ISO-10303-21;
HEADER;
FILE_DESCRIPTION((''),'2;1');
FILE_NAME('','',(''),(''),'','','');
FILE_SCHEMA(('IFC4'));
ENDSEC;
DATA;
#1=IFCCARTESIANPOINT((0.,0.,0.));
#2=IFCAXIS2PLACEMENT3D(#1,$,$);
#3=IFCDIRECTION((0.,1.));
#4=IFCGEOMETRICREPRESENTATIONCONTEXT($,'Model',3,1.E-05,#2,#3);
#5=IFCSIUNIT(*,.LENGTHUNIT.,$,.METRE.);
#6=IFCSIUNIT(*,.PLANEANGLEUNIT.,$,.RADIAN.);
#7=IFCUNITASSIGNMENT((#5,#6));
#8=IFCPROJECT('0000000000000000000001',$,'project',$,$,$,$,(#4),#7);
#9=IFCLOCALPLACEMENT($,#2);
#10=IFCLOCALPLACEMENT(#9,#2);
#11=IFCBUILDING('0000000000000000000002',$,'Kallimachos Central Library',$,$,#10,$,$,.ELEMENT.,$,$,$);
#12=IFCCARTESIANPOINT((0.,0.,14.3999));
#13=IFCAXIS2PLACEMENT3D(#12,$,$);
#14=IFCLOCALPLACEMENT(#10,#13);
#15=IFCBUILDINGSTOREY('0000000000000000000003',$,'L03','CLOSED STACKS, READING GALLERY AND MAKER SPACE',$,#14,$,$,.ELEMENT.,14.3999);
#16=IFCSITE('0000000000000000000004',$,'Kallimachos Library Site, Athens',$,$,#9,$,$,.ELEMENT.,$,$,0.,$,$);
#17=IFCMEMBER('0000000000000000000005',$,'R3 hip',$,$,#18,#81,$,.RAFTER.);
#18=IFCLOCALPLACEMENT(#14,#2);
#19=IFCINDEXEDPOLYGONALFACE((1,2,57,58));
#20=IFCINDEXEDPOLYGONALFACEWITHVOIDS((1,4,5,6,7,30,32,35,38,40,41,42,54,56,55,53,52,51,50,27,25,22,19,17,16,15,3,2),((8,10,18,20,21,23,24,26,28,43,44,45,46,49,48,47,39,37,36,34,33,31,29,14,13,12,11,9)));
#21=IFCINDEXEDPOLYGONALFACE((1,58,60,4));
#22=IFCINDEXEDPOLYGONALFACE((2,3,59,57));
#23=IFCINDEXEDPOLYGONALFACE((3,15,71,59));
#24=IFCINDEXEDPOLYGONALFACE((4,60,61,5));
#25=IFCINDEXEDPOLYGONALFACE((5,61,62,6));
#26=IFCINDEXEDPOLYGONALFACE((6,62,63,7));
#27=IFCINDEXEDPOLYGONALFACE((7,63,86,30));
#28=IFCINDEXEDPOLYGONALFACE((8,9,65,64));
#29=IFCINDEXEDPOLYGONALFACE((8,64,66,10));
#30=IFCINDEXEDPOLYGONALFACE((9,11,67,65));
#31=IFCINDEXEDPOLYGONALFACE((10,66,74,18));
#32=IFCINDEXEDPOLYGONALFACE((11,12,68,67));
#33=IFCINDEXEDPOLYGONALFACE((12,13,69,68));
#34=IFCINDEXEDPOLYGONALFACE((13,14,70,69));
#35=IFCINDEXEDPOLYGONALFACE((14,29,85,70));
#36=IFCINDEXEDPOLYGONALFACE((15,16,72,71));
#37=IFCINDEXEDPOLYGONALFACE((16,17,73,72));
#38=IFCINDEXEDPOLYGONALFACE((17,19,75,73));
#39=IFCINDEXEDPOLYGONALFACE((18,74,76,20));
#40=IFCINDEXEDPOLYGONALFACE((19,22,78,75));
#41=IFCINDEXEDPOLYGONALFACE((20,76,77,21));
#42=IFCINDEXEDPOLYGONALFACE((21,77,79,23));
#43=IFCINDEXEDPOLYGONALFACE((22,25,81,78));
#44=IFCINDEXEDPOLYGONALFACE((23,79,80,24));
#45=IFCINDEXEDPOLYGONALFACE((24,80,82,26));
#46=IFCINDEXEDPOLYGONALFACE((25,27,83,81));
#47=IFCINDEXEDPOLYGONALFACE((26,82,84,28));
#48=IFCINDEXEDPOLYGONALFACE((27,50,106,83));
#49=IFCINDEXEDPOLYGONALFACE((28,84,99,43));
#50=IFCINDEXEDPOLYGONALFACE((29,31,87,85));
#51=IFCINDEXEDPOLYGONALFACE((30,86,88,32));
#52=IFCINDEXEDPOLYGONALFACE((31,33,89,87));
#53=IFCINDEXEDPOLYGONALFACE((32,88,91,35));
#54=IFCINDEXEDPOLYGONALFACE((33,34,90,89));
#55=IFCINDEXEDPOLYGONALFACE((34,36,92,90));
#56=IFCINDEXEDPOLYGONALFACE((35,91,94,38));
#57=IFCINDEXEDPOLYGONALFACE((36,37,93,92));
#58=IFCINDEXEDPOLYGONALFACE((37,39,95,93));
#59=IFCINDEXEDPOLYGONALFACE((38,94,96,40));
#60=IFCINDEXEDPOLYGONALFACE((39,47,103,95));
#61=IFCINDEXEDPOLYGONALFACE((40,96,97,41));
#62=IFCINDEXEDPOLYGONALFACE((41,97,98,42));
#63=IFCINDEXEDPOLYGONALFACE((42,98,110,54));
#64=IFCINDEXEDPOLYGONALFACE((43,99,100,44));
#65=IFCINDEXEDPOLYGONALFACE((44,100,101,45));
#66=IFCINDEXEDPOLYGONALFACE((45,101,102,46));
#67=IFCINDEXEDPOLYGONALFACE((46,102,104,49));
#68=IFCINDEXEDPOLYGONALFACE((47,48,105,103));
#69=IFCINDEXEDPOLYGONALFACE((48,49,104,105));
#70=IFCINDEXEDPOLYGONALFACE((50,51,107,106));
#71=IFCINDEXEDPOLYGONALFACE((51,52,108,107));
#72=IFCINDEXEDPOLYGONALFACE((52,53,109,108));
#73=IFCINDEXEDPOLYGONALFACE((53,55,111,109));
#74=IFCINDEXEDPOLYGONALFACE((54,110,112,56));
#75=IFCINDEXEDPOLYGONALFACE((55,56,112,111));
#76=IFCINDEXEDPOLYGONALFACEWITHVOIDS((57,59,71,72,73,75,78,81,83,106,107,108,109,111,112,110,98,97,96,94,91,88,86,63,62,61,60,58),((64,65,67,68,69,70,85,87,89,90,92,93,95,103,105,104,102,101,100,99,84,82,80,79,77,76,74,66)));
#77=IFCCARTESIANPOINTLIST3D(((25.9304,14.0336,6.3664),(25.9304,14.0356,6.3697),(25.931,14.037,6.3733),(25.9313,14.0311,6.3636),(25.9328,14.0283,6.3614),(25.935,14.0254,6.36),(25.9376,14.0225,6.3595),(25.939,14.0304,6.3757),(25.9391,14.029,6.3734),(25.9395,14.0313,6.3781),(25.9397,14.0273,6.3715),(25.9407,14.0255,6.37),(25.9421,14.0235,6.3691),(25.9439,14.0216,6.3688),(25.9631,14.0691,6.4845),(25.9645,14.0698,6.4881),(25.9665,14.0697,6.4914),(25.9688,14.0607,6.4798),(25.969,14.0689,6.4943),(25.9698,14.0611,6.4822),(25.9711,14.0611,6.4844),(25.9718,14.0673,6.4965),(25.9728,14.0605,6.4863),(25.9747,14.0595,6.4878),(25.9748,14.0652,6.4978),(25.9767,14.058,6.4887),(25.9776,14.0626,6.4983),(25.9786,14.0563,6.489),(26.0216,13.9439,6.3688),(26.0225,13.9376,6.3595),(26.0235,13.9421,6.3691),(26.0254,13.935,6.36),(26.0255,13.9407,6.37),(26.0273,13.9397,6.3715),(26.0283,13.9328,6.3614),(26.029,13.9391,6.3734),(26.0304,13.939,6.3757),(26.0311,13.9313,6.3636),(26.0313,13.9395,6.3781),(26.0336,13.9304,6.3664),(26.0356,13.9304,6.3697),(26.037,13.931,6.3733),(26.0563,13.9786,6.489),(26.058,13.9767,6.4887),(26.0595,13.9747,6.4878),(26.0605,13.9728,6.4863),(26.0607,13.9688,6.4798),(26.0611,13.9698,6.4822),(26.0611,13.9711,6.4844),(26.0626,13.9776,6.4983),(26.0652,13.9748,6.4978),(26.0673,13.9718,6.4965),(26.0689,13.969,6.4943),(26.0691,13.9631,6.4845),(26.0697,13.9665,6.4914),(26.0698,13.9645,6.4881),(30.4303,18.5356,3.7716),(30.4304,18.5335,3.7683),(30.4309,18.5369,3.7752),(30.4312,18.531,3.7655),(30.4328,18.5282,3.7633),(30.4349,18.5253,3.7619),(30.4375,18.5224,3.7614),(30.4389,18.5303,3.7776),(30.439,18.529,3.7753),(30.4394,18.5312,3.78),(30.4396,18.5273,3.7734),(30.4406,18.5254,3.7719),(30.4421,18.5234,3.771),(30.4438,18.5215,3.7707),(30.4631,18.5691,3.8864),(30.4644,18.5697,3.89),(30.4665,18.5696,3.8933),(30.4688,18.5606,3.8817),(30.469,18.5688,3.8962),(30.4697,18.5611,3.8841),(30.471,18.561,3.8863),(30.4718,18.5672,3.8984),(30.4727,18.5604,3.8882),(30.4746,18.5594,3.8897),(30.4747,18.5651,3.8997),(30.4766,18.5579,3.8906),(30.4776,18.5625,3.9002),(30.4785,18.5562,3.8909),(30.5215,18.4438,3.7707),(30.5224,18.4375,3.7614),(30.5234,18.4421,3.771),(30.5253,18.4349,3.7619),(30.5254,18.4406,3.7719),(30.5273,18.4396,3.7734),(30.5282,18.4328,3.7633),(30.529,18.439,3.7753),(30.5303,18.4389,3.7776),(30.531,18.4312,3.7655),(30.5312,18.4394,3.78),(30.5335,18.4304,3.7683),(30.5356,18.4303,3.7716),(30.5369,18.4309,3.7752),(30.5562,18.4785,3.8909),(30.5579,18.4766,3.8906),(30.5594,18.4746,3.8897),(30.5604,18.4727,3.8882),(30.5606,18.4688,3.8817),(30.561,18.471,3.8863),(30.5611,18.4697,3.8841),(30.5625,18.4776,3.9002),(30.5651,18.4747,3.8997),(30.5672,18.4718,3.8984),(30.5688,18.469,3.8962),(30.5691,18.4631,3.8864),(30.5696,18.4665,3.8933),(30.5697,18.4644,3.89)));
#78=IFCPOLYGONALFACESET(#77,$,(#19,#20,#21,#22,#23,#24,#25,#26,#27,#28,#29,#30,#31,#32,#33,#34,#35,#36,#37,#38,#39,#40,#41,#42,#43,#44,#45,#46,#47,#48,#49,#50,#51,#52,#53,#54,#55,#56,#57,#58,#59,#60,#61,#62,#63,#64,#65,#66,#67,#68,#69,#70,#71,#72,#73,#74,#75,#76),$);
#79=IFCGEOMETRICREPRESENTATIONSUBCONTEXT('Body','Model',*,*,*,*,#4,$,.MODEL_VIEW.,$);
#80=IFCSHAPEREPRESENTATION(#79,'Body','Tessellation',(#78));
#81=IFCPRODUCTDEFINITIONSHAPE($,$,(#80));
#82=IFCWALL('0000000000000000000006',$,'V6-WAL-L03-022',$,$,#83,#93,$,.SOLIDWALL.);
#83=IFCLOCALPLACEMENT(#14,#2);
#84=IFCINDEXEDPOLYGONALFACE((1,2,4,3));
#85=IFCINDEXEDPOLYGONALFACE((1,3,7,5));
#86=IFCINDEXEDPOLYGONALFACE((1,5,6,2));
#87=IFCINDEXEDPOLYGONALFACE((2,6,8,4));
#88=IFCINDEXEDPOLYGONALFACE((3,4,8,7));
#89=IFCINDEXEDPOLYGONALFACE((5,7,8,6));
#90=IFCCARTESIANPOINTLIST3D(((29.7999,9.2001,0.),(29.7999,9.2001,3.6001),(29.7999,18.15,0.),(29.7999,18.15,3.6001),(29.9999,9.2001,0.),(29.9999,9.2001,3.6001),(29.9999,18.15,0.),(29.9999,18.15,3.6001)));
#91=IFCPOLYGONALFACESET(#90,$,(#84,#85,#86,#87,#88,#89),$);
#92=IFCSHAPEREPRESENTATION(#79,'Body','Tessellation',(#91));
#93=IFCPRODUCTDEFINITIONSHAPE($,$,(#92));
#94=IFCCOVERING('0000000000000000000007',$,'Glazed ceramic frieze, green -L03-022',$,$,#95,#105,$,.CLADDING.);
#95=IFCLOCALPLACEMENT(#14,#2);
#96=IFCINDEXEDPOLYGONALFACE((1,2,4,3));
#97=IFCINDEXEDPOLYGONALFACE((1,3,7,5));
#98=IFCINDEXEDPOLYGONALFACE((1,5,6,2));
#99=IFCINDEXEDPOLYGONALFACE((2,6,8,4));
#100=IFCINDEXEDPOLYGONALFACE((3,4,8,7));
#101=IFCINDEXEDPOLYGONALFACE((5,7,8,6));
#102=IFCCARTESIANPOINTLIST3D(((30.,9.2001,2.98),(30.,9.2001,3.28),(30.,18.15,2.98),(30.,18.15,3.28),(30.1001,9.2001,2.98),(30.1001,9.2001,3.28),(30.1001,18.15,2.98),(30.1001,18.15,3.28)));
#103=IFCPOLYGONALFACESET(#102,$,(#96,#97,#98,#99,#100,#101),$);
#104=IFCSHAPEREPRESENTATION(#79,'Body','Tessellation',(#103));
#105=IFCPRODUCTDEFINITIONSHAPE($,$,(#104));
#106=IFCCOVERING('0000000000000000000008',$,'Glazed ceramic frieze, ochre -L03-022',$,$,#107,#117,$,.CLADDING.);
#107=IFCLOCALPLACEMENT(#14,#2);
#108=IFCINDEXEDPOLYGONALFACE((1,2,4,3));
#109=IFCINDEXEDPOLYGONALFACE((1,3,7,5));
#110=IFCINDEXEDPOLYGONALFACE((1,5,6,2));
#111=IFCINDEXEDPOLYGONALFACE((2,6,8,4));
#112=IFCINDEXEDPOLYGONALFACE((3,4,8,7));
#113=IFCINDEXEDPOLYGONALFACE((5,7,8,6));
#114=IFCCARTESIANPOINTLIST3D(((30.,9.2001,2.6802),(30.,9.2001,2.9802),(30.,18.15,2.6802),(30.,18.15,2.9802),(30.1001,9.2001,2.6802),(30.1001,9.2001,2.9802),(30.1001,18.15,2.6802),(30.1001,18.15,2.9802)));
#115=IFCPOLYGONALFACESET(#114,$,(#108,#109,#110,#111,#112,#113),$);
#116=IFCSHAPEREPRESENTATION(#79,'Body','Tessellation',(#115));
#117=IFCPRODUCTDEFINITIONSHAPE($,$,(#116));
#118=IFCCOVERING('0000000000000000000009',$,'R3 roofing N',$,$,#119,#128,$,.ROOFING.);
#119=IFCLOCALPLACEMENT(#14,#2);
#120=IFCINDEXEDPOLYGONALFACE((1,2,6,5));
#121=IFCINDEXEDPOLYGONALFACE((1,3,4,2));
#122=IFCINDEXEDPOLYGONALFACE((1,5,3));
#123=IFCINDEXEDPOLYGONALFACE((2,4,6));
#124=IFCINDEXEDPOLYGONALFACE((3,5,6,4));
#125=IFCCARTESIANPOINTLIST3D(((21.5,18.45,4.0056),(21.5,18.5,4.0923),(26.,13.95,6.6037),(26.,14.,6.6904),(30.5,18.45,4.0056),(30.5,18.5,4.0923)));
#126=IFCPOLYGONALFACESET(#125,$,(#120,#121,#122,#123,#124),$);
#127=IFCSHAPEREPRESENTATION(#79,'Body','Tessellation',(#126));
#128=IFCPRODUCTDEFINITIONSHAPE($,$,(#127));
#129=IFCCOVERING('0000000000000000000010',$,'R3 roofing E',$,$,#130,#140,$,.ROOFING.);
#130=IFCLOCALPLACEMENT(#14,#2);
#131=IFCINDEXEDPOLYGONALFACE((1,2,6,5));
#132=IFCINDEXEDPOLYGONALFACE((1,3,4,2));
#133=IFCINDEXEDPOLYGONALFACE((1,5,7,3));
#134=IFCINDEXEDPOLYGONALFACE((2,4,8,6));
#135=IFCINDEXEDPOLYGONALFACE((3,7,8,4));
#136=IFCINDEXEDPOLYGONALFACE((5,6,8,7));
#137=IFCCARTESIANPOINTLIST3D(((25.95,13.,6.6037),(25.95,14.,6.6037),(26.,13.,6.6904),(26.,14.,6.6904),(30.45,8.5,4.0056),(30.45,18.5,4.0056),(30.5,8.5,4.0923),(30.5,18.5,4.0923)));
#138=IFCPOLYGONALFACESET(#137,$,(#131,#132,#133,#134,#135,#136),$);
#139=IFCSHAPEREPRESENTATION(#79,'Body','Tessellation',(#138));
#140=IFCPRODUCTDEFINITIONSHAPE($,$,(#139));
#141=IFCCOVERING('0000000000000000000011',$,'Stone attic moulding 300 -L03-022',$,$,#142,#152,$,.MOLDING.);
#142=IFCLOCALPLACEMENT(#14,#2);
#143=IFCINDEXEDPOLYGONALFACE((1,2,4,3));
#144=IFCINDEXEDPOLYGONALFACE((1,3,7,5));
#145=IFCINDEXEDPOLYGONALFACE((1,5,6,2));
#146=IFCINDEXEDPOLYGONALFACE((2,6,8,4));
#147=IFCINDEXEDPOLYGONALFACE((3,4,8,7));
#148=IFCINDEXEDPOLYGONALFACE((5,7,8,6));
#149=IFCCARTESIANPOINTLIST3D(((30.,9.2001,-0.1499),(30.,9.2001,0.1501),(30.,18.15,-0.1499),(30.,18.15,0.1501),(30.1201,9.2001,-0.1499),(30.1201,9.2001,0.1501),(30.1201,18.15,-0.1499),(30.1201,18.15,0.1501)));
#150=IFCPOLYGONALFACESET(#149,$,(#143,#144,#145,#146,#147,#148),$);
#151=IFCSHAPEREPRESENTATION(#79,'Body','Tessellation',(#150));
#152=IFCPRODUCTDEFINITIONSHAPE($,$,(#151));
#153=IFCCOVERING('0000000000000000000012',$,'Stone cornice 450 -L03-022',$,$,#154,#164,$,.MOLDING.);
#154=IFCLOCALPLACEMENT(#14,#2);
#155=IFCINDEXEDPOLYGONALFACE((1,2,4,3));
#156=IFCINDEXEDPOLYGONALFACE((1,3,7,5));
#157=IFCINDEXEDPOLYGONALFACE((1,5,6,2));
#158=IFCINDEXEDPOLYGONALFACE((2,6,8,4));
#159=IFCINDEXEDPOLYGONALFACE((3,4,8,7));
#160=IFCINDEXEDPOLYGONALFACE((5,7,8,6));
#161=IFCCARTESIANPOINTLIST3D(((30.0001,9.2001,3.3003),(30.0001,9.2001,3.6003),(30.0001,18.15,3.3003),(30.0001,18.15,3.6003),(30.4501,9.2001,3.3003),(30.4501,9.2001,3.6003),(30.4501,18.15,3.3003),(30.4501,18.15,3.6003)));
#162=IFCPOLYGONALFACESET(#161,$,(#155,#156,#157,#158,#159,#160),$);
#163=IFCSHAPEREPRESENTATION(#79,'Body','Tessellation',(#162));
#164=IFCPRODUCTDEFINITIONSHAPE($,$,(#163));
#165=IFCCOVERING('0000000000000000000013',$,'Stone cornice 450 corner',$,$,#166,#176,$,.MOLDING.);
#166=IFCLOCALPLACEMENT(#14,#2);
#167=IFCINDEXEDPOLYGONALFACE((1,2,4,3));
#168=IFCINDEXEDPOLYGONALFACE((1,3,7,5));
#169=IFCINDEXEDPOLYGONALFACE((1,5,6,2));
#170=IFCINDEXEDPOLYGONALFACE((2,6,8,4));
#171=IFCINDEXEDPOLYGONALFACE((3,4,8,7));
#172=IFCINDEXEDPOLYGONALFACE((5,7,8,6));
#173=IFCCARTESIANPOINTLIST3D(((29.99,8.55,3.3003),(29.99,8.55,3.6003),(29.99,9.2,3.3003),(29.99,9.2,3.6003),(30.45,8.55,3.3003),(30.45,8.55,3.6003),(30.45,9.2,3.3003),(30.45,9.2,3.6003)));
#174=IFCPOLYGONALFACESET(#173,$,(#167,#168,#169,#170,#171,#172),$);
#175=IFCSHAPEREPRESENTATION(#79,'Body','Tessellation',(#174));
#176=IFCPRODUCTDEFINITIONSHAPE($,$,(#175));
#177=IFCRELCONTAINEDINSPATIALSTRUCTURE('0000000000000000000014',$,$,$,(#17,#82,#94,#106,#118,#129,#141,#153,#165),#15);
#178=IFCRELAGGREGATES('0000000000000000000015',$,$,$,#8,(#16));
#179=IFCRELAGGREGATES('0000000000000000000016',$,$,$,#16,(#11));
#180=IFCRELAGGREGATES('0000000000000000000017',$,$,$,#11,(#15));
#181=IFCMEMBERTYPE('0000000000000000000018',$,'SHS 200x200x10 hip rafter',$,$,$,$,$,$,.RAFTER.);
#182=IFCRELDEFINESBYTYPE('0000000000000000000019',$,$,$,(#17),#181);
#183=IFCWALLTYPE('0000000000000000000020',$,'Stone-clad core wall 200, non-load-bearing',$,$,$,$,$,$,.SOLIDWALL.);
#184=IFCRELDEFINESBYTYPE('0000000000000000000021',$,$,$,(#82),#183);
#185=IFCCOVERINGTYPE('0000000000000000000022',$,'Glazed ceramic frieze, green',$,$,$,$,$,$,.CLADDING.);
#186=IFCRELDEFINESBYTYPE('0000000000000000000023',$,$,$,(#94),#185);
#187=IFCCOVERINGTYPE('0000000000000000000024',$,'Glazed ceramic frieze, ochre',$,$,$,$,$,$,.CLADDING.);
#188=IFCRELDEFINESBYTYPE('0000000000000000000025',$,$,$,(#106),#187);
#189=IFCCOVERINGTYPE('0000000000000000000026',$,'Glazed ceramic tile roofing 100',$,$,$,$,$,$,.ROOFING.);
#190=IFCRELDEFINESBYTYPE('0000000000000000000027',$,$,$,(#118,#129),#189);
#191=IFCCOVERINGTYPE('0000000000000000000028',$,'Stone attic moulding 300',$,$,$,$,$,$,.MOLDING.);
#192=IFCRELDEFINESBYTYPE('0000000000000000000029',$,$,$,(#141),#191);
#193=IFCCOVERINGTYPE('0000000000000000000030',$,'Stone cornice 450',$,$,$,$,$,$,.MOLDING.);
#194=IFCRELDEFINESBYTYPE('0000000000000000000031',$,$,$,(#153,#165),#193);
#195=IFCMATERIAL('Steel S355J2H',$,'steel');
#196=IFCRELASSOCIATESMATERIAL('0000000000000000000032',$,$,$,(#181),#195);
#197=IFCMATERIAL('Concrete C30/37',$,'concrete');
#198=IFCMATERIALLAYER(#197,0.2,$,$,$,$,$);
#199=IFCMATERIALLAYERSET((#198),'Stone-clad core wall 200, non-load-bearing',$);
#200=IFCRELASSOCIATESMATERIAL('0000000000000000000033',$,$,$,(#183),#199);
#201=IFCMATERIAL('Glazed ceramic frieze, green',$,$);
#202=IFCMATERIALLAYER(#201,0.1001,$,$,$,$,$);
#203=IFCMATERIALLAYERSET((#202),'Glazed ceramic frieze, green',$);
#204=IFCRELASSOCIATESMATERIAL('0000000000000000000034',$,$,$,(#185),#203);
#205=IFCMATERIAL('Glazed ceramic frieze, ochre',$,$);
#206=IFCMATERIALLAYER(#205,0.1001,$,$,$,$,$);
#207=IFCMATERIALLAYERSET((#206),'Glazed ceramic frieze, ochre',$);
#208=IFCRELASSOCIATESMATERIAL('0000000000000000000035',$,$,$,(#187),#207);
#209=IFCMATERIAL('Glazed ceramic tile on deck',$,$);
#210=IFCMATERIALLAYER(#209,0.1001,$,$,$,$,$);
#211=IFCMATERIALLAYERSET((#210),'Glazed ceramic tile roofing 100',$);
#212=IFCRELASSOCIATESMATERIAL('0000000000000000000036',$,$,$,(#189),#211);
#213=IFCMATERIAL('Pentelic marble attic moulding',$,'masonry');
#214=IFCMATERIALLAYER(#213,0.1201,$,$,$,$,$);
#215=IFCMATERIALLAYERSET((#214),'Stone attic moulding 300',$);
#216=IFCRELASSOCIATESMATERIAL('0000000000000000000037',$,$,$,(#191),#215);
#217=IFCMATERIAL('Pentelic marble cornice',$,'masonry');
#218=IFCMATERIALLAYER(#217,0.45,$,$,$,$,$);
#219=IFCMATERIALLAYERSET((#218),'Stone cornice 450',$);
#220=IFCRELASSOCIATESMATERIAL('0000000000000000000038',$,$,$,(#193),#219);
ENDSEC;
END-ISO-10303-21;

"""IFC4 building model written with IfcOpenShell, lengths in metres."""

from ifc_helpers import new_model, si_unit, direction, frame, frame_2d, origin, origin_2d, place, context, subcontext, project, spatial, polyline, rectangle, hollow_rectangle, outline, extrude, material, layer, layer_set, material_profile, profile_set, type_object, element, save


model = new_model("IFC4")

# Units and contexts
model_context = context("Model", 3, precision=1e-05, world=origin(), true_north=direction((0.0, 1.0)))
body_context = subcontext(model_context, "Body", "Model", "MODEL_VIEW")
ifc_project = project(units=[si_unit("LENGTHUNIT", "METRE"), si_unit("PLANEANGLEUNIT", "RADIAN")], contexts=[model_context])

# Site, building, storey
site_placement = place(None, origin())
site = spatial("IfcSite", under=ifc_project, at=site_placement, Name="Kallimachos Library Site, Athens", CompositionType="ELEMENT", RefElevation=0.0)
building_placement = place(site_placement, origin())
building = spatial("IfcBuilding", under=site, at=building_placement, Name="Kallimachos Central Library", CompositionType="ELEMENT")
storey_placement = place(building_placement, frame((0.0, 0.0, 14.3999)))
storey = spatial("IfcBuildingStorey", under=building, at=storey_placement, Name="L03", Description="CLOSED STACKS, READING GALLERY AND MAKER SPACE", CompositionType="ELEMENT", Elevation=14.3999)

# Member
ifc_material_1 = material(Name="Steel S355J2H", Category="steel")
ifc_material_profile_1 = material_profile(ifc_material_1, hollow_rectangle(XDim=0.1499, YDim=0.1499, WallThickness=0.01, InnerFilletRadius=0.01, OuterFilletRadius=0.0149, at=origin_2d()), Name="SHS 150x150x10")
ifc_profile_set_1 = profile_set([ifc_material_profile_1], Name="Steel S355J2H")
member_type_1 = type_object("IfcMemberType", Name="SHS 200x200x10 hip rafter", PredefinedType="RAFTER", material=ifc_profile_set_1)
for number, where, z_axis, x_axis, name in (
    (1, (30.5, 18.5, 3.8308), (-0.654651, -0.654651, 0.377973), (0.707107, -0.707107, 0.0), "R3 hip"),
):
    element("IfcMember", number, at=place(storey_placement, frame(where, z_axis=z_axis, x_axis=x_axis)), inside=storey, type_object=member_type_1, Name=name, PredefinedType="RAFTER", context=body_context, shape_type="SweptSolid", body=[
        extrude(hollow_rectangle(XDim=0.1499, YDim=0.1499, WallThickness=0.01, InnerFilletRadius=0.01, OuterFilletRadius=0.0149, at=origin_2d()), origin(), (0.0, 0.0, 1.0), 6.8738),
    ])

# Wall
ifc_material_2 = material(Name="Concrete C30/37", Category="concrete")
ifc_layer_1 = layer(ifc_material_2, 0.2)
ifc_layer_set_1 = layer_set([ifc_layer_1], Name="Stone-clad core wall 200, non-load-bearing")
wall_type = type_object("IfcWallType", Name="Stone-clad core wall 200, non-load-bearing", PredefinedType="SOLIDWALL", material=ifc_layer_set_1)
wall_placement = place(storey_placement, frame((29.8999, 9.2, 0.0), z_axis=(0.0, 0.0, 1.0), x_axis=(0.0, 1.0, 0.0)))
element("IfcWall", 2, at=wall_placement, inside=storey, type_object=wall_type, Name="V6-WAL-L03-022", PredefinedType="SOLIDWALL", context=body_context, shape_type="SweptSolid", body=[
    extrude(rectangle(XDim=8.95, YDim=0.2, at=frame_2d((4.4751, 0.0))), origin(), (0.0, 0.0, 1.0), 3.6001),
])

# Coverings
ifc_material_3 = material(Name="Glazed ceramic frieze, green")
ifc_layer_2 = layer(ifc_material_3, 0.1001)
ifc_layer_set_2 = layer_set([ifc_layer_2], Name="Glazed ceramic frieze, green")
covering_type_1 = type_object("IfcCoveringType", Name="Glazed ceramic frieze, green", PredefinedType="CLADDING", material=ifc_layer_set_2)
covering_1_placement = place(storey_placement, frame((30.05, 13.675, 2.98), z_axis=(0.0, 0.0, 1.0), x_axis=(1.0, 0.0, 0.0)))
element("IfcCovering", 3, at=covering_1_placement, inside=storey, type_object=covering_type_1, Name="Glazed ceramic frieze, green -L03-022", PredefinedType="CLADDING", context=body_context, shape_type="SweptSolid", body=[
    extrude(rectangle(XDim=0.1001, YDim=8.95, at=origin_2d()), origin(), (0.0, 0.0, 1.0), 0.3),
])
ifc_material_4 = material(Name="Glazed ceramic frieze, ochre")
ifc_layer_3 = layer(ifc_material_4, 0.1001)
ifc_layer_set_3 = layer_set([ifc_layer_3], Name="Glazed ceramic frieze, ochre")
covering_type_2 = type_object("IfcCoveringType", Name="Glazed ceramic frieze, ochre", PredefinedType="CLADDING", material=ifc_layer_set_3)
covering_2_placement = place(storey_placement, frame((30.05, 13.675, 2.6802), z_axis=(0.0, 0.0, 1.0), x_axis=(1.0, 0.0, 0.0)))
element("IfcCovering", 4, at=covering_2_placement, inside=storey, type_object=covering_type_2, Name="Glazed ceramic frieze, ochre -L03-022", PredefinedType="CLADDING", context=body_context, shape_type="SweptSolid", body=[
    extrude(rectangle(XDim=0.1001, YDim=8.95, at=origin_2d()), origin(), (0.0, 0.0, 1.0), 0.3),
])
ifc_material_5 = material(Name="Glazed ceramic tile on deck")
ifc_layer_4 = layer(ifc_material_5, 0.1001)
ifc_layer_set_4 = layer_set([ifc_layer_4], Name="Glazed ceramic tile roofing 100")
covering_type_3 = type_object("IfcCoveringType", Name="Glazed ceramic tile roofing 100", PredefinedType="ROOFING", material=ifc_layer_set_4)
covering_3_placement = place(storey_placement, frame((30.5, 18.5, 4.0923), z_axis=(0.0, 0.50001, 0.86602), x_axis=(-1.0, 0.0, 0.0)))
element("IfcCovering", 5, at=covering_3_placement, inside=storey, type_object=covering_type_3, Name="R3 roofing N", PredefinedType="ROOFING", context=body_context, shape_type="SweptSolid", body=[
    extrude(outline(polyline([(0.0, 0.0), (9.0, 0.0), (4.5, 5.1962), (0.0, 0.0)])), origin(), (0.0, 0.0, -1.0), 0.1001),
])
covering_4_placement = place(storey_placement, frame((30.5, 8.5, 4.0923), z_axis=(0.50001, 0.0, 0.86602), x_axis=(0.0, 1.0, 0.0)))
element("IfcCovering", 6, at=covering_4_placement, inside=storey, type_object=covering_type_3, Name="R3 roofing E", PredefinedType="ROOFING", context=body_context, shape_type="SweptSolid", body=[
    extrude(outline(polyline([(0.0, 0.0), (10.0, 0.0), (5.5, 5.1962), (4.5, 5.1962), (0.0, 0.0)])), origin(), (0.0, 0.0, -1.0), 0.1001),
])
ifc_material_6 = material(Name="Pentelic marble attic moulding", Category="masonry")
ifc_layer_5 = layer(ifc_material_6, 0.1201)
ifc_layer_set_5 = layer_set([ifc_layer_5], Name="Stone attic moulding 300")
covering_type_4 = type_object("IfcCoveringType", Name="Stone attic moulding 300", PredefinedType="MOLDING", material=ifc_layer_set_5)
covering_5_placement = place(storey_placement, frame((30.0601, 13.675, -0.1499), z_axis=(0.0, 0.0, 1.0), x_axis=(1.0, 0.0, 0.0)))
element("IfcCovering", 7, at=covering_5_placement, inside=storey, type_object=covering_type_4, Name="Stone attic moulding 300 -L03-022", PredefinedType="MOLDING", context=body_context, shape_type="SweptSolid", body=[
    extrude(rectangle(XDim=0.1201, YDim=8.95, at=origin_2d()), origin(), (0.0, 0.0, 1.0), 0.3),
])
ifc_material_7 = material(Name="Pentelic marble cornice", Category="masonry")
ifc_layer_6 = layer(ifc_material_7, 0.45)
ifc_layer_set_6 = layer_set([ifc_layer_6], Name="Stone cornice 450")
covering_type_5 = type_object("IfcCoveringType", Name="Stone cornice 450", PredefinedType="MOLDING", material=ifc_layer_set_6)
covering_6_placement = place(storey_placement, frame((30.2251, 13.675, 3.3003), z_axis=(0.0, 0.0, 1.0), x_axis=(1.0, 0.0, 0.0)))
element("IfcCovering", 8, at=covering_6_placement, inside=storey, type_object=covering_type_5, Name="Stone cornice 450 -L03-022", PredefinedType="MOLDING", context=body_context, shape_type="SweptSolid", body=[
    extrude(rectangle(XDim=0.45, YDim=8.95, at=origin_2d()), origin(), (0.0, 0.0, 1.0), 0.3),
])
covering_7_placement = place(storey_placement, frame((30.22, 8.875, 3.3003), z_axis=(0.0, 0.0, 1.0), x_axis=(1.0, 0.0, 0.0)))
element("IfcCovering", 9, at=covering_7_placement, inside=storey, type_object=covering_type_5, Name="Stone cornice 450 corner", PredefinedType="MOLDING", context=body_context, shape_type="SweptSolid", body=[
    extrude(rectangle(XDim=0.46, YDim=0.6499, at=origin_2d()), origin(), (0.0, 0.0, 1.0), 0.3),
])

save(model, "model.ifc")
